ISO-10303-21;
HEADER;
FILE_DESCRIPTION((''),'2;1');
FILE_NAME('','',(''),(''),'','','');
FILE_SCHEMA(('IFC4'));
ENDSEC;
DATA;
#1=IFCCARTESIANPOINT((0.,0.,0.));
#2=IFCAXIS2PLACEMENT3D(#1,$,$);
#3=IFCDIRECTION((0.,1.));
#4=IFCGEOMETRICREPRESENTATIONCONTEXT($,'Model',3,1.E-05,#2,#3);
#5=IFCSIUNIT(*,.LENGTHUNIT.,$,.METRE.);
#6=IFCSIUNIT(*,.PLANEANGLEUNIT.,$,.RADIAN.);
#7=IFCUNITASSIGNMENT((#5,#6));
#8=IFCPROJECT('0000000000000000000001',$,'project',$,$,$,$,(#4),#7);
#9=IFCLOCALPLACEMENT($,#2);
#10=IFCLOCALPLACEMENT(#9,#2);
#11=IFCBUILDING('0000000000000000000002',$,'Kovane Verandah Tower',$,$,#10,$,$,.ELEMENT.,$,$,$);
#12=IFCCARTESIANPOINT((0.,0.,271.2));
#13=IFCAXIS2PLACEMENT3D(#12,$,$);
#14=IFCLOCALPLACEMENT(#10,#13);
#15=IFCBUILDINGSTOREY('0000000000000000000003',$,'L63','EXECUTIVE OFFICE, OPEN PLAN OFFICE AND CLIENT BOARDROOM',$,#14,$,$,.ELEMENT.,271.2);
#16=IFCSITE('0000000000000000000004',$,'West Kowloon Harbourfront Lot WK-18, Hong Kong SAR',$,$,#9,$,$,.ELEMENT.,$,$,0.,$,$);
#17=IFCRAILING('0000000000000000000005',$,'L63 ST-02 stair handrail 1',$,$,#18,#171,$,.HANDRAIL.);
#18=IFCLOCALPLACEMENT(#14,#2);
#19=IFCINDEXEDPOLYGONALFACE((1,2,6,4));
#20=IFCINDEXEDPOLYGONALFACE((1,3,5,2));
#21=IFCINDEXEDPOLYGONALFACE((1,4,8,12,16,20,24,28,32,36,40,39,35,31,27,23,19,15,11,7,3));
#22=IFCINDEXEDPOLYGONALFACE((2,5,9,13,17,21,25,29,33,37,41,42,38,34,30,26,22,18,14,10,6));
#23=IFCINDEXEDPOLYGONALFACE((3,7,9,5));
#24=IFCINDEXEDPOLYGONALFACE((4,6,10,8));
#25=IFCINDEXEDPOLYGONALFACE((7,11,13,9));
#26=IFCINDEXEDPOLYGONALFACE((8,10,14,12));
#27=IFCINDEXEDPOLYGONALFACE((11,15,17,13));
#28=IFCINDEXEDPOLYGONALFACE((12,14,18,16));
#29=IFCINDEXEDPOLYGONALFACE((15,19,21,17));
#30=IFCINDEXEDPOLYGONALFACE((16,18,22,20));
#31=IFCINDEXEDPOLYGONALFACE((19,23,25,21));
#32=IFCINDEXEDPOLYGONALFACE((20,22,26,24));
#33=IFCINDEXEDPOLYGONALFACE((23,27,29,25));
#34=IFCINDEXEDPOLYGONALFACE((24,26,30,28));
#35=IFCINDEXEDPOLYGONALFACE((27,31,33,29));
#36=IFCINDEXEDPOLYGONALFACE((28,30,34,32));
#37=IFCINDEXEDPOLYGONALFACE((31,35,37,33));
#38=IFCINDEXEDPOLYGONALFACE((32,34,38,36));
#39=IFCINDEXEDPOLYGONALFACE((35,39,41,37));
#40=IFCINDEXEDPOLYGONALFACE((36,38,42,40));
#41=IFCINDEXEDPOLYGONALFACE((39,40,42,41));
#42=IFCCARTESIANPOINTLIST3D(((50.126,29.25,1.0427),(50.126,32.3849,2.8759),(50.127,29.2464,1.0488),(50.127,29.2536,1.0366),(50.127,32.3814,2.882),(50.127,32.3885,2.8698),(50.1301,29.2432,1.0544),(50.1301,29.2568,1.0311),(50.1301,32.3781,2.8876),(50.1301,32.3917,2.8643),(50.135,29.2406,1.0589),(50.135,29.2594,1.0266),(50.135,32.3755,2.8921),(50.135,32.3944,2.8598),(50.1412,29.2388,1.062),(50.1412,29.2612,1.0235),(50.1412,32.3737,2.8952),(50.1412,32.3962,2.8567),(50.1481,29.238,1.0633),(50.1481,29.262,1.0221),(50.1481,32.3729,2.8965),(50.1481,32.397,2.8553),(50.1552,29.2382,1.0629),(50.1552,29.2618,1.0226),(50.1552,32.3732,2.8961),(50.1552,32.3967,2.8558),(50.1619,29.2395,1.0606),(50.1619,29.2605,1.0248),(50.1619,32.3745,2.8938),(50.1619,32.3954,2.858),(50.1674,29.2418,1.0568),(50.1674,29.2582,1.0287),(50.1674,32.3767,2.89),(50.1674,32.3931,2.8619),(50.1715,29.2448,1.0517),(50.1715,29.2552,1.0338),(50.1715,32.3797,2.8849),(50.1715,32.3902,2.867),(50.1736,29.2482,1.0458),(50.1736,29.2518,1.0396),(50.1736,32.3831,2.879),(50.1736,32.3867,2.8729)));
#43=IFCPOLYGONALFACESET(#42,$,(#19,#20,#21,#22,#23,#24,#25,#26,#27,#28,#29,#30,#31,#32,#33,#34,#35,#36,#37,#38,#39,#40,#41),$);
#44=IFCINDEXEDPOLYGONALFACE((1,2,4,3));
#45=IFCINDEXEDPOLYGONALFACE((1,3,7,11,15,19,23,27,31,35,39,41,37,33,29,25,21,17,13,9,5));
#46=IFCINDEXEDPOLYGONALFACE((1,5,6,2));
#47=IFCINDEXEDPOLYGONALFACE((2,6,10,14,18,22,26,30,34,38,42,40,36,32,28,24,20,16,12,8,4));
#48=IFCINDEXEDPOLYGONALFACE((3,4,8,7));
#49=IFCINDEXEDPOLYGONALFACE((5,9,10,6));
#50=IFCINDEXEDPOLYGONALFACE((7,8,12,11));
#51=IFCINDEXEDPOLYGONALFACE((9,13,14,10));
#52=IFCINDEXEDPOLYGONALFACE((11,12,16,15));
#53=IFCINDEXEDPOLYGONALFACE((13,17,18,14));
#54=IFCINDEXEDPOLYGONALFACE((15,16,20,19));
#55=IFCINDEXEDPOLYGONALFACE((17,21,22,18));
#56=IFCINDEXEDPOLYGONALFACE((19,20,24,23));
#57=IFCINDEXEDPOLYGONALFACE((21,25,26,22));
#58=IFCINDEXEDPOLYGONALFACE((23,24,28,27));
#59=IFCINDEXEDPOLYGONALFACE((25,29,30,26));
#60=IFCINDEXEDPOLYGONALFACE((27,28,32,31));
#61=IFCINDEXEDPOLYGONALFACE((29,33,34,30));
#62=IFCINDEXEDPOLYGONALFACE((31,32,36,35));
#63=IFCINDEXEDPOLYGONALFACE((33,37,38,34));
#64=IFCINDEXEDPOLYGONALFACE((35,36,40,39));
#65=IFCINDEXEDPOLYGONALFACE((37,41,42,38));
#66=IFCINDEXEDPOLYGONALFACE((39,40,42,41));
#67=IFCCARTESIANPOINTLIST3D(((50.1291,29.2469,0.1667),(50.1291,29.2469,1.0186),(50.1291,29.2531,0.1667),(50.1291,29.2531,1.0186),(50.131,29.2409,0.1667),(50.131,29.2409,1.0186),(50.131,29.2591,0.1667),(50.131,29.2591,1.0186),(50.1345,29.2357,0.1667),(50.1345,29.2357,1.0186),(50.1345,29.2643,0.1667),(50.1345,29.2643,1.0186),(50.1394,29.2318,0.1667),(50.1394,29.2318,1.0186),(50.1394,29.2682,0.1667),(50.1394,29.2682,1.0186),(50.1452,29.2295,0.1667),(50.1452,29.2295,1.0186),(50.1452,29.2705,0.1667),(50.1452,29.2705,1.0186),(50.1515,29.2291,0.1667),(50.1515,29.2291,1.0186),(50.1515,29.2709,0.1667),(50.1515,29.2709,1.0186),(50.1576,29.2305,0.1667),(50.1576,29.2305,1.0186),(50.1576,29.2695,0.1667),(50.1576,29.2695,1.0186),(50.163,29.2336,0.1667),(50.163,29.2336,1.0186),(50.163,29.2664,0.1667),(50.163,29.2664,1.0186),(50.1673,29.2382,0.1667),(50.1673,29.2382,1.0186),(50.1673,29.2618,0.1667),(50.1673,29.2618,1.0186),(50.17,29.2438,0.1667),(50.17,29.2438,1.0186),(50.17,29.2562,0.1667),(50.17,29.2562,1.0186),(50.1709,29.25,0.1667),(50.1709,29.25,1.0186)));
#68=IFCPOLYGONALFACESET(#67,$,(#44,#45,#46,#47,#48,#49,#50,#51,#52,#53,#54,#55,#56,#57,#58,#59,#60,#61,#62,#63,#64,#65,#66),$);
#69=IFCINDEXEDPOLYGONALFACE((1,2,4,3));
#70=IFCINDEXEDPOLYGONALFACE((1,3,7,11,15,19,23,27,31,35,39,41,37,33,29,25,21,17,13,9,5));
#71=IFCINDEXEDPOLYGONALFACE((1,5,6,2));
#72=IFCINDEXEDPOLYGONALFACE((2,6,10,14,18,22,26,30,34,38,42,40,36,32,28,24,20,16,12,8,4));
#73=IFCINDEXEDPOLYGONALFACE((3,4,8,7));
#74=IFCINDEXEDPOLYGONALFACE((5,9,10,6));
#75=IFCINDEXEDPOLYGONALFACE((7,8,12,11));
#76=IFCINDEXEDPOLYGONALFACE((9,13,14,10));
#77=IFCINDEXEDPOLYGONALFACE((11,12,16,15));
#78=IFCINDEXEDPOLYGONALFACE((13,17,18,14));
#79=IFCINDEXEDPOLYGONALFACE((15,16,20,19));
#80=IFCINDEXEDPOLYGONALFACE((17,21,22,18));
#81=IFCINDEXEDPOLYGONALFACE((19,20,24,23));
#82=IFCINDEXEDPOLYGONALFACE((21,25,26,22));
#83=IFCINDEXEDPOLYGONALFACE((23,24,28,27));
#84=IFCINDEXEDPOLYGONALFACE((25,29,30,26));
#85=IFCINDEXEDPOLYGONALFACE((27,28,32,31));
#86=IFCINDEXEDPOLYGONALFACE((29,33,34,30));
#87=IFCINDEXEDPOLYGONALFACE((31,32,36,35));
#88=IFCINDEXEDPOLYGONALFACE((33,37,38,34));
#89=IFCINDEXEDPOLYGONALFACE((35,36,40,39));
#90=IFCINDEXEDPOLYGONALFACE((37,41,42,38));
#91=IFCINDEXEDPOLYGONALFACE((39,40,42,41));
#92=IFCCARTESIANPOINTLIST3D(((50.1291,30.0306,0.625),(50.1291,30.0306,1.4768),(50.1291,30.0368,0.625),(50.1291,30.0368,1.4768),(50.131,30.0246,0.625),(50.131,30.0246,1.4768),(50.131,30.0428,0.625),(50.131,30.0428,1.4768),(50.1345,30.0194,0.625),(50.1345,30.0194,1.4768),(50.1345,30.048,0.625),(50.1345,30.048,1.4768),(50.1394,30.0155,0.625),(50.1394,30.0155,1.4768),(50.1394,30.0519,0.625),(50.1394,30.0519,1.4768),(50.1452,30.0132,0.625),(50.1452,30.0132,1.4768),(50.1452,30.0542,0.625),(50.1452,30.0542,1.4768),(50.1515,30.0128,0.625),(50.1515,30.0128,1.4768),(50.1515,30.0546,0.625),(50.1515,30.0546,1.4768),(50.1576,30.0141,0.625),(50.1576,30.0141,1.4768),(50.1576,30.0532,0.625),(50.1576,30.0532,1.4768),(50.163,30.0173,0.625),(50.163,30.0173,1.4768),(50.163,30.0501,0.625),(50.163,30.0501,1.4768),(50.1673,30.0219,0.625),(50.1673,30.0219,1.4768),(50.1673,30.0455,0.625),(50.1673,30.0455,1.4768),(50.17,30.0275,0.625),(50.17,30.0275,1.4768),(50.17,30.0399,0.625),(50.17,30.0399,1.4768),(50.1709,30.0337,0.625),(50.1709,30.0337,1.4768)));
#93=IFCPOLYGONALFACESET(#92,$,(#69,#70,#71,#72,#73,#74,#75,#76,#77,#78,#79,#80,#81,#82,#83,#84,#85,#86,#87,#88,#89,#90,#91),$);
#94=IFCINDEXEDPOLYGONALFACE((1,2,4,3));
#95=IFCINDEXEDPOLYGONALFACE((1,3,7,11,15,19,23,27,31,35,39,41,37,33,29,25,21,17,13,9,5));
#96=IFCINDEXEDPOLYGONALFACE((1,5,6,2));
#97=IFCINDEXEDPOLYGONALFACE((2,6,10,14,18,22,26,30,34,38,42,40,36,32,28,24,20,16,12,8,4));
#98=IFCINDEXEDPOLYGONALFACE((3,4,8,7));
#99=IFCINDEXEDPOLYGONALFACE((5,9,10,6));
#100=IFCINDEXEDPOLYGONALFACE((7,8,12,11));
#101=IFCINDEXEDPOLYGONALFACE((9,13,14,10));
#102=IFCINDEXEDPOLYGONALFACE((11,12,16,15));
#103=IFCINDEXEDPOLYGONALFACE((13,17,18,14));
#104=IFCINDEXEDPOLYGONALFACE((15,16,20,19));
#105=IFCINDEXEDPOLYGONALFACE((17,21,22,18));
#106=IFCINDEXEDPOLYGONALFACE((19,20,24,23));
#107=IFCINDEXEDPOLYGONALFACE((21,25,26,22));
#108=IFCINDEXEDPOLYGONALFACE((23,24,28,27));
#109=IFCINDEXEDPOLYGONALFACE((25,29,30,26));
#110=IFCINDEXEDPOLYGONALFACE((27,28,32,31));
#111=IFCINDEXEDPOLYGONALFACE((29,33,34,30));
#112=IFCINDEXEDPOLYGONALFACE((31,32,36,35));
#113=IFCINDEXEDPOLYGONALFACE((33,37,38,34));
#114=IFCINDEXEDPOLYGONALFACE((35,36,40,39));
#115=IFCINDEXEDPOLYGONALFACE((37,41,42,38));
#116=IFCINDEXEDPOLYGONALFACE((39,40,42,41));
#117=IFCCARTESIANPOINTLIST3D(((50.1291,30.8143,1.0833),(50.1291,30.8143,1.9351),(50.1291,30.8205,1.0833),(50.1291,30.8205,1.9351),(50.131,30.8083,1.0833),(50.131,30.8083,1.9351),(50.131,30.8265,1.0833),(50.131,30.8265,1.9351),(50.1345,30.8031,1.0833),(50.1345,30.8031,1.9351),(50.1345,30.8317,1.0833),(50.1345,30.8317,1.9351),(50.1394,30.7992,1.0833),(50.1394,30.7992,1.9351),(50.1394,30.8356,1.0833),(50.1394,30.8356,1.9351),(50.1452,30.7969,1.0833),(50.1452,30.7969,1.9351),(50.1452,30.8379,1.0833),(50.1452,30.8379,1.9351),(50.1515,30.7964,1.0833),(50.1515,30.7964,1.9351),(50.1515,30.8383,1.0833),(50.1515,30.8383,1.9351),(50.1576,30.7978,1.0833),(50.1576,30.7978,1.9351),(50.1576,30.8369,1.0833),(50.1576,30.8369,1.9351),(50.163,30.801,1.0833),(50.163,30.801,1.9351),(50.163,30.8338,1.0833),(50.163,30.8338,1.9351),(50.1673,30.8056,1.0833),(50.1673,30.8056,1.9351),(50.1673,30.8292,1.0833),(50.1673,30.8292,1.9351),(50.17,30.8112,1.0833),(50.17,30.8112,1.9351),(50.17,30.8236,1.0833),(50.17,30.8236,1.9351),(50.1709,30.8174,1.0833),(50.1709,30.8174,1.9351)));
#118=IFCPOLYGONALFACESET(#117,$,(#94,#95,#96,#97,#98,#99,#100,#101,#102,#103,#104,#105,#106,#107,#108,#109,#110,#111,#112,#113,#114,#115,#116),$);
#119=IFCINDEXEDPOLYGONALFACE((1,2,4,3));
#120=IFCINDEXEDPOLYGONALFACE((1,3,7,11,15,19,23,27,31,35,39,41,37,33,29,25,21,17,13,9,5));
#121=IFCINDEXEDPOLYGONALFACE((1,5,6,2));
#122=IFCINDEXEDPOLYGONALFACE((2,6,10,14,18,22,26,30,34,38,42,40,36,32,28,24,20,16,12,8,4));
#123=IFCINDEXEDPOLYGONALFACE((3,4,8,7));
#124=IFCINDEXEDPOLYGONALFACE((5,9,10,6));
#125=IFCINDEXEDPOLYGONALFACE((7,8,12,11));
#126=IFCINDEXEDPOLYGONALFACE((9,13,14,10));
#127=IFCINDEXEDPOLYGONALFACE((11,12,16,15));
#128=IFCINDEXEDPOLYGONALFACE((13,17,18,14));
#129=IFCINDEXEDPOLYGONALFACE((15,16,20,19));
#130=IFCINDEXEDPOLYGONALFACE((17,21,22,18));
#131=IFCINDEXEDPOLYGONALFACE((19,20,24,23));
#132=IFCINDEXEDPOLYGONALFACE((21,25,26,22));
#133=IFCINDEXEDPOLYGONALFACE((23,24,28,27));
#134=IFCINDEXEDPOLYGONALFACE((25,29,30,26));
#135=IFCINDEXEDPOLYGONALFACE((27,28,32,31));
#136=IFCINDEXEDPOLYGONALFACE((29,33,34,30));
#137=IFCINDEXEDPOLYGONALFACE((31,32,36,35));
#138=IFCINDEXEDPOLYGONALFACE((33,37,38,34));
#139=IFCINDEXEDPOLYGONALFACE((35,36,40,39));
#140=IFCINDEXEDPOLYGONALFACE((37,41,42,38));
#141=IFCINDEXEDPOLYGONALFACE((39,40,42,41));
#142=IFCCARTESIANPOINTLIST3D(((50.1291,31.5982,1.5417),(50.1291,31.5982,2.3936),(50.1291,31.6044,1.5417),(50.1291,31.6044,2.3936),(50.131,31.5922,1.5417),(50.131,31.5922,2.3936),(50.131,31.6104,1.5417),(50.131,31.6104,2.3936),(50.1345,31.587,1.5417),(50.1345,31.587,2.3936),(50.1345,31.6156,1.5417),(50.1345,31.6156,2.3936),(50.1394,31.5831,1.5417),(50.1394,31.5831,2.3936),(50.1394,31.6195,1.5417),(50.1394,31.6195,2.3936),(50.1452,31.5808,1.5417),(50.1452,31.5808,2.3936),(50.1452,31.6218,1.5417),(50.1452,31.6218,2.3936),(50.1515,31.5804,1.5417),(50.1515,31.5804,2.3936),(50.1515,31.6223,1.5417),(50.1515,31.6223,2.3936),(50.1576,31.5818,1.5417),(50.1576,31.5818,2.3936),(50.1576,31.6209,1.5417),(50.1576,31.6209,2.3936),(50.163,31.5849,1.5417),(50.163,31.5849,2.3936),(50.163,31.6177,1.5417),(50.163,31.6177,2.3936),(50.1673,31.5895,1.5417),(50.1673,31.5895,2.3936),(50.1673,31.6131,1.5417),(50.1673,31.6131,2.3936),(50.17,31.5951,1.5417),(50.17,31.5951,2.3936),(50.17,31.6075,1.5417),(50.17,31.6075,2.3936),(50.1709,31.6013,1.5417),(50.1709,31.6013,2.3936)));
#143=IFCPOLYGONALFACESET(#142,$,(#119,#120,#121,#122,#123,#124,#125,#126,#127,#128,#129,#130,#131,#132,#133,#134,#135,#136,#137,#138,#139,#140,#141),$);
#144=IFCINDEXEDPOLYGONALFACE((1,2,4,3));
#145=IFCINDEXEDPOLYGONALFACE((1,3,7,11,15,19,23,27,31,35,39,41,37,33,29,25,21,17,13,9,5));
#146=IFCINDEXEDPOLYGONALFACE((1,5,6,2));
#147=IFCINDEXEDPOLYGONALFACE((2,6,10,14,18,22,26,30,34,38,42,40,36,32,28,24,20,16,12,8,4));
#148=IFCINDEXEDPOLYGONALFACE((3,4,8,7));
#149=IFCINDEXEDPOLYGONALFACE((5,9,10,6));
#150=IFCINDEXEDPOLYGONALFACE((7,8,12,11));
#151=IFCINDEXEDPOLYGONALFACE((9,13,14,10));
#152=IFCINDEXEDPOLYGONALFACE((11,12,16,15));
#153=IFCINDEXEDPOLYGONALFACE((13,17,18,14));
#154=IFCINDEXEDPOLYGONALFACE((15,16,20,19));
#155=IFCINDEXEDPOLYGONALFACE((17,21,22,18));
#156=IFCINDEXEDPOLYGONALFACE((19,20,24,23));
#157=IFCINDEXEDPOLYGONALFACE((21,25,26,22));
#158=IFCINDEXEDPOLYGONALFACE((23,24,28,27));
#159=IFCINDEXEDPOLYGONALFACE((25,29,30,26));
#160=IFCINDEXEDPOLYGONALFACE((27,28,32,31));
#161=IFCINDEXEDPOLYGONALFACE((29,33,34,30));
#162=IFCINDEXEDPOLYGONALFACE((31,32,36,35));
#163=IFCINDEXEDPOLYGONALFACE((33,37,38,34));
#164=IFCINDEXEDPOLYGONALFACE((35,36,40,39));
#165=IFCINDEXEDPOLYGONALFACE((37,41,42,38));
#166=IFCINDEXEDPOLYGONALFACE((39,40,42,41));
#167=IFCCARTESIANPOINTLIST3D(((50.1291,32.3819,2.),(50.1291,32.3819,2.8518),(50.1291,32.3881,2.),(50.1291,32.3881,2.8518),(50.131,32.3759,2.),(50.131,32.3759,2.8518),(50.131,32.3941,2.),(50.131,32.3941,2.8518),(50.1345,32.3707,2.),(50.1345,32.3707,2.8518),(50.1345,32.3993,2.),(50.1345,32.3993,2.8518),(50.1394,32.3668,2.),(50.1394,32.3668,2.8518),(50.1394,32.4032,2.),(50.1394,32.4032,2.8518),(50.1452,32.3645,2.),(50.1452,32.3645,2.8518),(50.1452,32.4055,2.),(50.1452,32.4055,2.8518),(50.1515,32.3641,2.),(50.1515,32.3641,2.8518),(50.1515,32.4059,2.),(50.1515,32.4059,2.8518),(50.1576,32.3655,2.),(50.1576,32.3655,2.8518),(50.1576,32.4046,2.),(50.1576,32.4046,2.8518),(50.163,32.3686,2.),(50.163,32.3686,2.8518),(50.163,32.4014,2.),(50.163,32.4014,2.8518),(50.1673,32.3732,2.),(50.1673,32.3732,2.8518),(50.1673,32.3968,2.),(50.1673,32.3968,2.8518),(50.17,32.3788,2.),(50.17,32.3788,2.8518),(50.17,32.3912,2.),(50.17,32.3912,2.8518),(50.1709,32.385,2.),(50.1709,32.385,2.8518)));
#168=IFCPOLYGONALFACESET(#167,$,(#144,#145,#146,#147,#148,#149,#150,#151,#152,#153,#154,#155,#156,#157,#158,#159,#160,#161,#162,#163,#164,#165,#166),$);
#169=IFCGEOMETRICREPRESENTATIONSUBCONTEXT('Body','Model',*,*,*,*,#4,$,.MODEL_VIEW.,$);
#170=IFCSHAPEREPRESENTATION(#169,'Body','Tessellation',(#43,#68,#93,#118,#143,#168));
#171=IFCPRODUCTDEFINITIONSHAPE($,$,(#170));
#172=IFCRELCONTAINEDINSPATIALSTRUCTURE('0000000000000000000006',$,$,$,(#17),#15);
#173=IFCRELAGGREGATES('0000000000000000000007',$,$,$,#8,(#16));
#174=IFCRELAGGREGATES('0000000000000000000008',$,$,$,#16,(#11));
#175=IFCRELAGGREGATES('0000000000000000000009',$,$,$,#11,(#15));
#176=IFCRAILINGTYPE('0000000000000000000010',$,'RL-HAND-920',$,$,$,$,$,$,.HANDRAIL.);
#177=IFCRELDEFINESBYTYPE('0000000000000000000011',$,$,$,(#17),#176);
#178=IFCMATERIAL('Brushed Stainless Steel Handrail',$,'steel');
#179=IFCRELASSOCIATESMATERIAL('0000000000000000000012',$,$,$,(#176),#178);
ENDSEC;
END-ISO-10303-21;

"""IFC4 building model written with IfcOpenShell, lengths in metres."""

from ifc_helpers import new_model, si_unit, direction, frame, origin, origin_2d, place, context, subcontext, project, spatial, circle, extrude, material, type_object, element, save


model = new_model("IFC4")

# Units and contexts
model_context = context("Model", 3, precision=1e-05, world=origin(), true_north=direction((0.0, 1.0)))
body_context = subcontext(model_context, "Body", "Model", "MODEL_VIEW")
ifc_project = project(units=[si_unit("LENGTHUNIT", "METRE"), si_unit("PLANEANGLEUNIT", "RADIAN")], contexts=[model_context])

# Site, building, storey
site_placement = place(None, origin())
site = spatial("IfcSite", under=ifc_project, at=site_placement, Name="West Kowloon Harbourfront Lot WK-18, Hong Kong SAR", CompositionType="ELEMENT", RefElevation=0.0)
building_placement = place(site_placement, origin())
building = spatial("IfcBuilding", under=site, at=building_placement, Name="Kovane Verandah Tower", CompositionType="ELEMENT")
storey_placement = place(building_placement, frame((0.0, 0.0, 271.2)))
storey = spatial("IfcBuildingStorey", under=building, at=storey_placement, Name="L63", Description="EXECUTIVE OFFICE, OPEN PLAN OFFICE AND CLIENT BOARDROOM", CompositionType="ELEMENT", Elevation=271.2)

# Railing
ifc_material_1 = material(Name="Brushed Stainless Steel Handrail", Category="steel")
railing_type_1 = type_object("IfcRailingType", Name="RL-HAND-920", PredefinedType="HANDRAIL", material=ifc_material_1)
railing_1_placement = place(storey_placement, frame((50.1499, 29.25, 0.1667)))
element("IfcRailing", 1, at=railing_1_placement, inside=storey, type_object=railing_type_1, Name="L63 ST-02 stair handrail 1", PredefinedType="HANDRAIL", context=body_context, shape_type="SweptSolid", body=[
    extrude(circle(Radius=0.0239, at=origin_2d()), frame((0.0, 0.0, 0.876), z_axis=(0.0, 0.86324, 0.504794), x_axis=(-1.0, 0.0, 0.0)), (0.0, 0.0, 1.0), 3.6316),
    extrude(circle(Radius=0.021, at=origin_2d()), origin(), (0.0, 0.0, 1.0), 0.8518),
    extrude(circle(Radius=0.021, at=origin_2d()), frame((0.0, 0.7837, 0.4583)), (0.0, 0.0, 1.0), 0.8518),
    extrude(circle(Radius=0.021, at=origin_2d()), frame((0.0, 1.5674, 0.9165)), (0.0, 0.0, 1.0), 0.8518),
    extrude(circle(Radius=0.021, at=origin_2d()), frame((0.0, 2.3513, 1.375)), (0.0, 0.0, 1.0), 0.8518),
    extrude(circle(Radius=0.021, at=origin_2d()), frame((0.0, 3.135, 1.8333)), (0.0, 0.0, 1.0), 0.8518),
])

save(model, "model.ifc")
